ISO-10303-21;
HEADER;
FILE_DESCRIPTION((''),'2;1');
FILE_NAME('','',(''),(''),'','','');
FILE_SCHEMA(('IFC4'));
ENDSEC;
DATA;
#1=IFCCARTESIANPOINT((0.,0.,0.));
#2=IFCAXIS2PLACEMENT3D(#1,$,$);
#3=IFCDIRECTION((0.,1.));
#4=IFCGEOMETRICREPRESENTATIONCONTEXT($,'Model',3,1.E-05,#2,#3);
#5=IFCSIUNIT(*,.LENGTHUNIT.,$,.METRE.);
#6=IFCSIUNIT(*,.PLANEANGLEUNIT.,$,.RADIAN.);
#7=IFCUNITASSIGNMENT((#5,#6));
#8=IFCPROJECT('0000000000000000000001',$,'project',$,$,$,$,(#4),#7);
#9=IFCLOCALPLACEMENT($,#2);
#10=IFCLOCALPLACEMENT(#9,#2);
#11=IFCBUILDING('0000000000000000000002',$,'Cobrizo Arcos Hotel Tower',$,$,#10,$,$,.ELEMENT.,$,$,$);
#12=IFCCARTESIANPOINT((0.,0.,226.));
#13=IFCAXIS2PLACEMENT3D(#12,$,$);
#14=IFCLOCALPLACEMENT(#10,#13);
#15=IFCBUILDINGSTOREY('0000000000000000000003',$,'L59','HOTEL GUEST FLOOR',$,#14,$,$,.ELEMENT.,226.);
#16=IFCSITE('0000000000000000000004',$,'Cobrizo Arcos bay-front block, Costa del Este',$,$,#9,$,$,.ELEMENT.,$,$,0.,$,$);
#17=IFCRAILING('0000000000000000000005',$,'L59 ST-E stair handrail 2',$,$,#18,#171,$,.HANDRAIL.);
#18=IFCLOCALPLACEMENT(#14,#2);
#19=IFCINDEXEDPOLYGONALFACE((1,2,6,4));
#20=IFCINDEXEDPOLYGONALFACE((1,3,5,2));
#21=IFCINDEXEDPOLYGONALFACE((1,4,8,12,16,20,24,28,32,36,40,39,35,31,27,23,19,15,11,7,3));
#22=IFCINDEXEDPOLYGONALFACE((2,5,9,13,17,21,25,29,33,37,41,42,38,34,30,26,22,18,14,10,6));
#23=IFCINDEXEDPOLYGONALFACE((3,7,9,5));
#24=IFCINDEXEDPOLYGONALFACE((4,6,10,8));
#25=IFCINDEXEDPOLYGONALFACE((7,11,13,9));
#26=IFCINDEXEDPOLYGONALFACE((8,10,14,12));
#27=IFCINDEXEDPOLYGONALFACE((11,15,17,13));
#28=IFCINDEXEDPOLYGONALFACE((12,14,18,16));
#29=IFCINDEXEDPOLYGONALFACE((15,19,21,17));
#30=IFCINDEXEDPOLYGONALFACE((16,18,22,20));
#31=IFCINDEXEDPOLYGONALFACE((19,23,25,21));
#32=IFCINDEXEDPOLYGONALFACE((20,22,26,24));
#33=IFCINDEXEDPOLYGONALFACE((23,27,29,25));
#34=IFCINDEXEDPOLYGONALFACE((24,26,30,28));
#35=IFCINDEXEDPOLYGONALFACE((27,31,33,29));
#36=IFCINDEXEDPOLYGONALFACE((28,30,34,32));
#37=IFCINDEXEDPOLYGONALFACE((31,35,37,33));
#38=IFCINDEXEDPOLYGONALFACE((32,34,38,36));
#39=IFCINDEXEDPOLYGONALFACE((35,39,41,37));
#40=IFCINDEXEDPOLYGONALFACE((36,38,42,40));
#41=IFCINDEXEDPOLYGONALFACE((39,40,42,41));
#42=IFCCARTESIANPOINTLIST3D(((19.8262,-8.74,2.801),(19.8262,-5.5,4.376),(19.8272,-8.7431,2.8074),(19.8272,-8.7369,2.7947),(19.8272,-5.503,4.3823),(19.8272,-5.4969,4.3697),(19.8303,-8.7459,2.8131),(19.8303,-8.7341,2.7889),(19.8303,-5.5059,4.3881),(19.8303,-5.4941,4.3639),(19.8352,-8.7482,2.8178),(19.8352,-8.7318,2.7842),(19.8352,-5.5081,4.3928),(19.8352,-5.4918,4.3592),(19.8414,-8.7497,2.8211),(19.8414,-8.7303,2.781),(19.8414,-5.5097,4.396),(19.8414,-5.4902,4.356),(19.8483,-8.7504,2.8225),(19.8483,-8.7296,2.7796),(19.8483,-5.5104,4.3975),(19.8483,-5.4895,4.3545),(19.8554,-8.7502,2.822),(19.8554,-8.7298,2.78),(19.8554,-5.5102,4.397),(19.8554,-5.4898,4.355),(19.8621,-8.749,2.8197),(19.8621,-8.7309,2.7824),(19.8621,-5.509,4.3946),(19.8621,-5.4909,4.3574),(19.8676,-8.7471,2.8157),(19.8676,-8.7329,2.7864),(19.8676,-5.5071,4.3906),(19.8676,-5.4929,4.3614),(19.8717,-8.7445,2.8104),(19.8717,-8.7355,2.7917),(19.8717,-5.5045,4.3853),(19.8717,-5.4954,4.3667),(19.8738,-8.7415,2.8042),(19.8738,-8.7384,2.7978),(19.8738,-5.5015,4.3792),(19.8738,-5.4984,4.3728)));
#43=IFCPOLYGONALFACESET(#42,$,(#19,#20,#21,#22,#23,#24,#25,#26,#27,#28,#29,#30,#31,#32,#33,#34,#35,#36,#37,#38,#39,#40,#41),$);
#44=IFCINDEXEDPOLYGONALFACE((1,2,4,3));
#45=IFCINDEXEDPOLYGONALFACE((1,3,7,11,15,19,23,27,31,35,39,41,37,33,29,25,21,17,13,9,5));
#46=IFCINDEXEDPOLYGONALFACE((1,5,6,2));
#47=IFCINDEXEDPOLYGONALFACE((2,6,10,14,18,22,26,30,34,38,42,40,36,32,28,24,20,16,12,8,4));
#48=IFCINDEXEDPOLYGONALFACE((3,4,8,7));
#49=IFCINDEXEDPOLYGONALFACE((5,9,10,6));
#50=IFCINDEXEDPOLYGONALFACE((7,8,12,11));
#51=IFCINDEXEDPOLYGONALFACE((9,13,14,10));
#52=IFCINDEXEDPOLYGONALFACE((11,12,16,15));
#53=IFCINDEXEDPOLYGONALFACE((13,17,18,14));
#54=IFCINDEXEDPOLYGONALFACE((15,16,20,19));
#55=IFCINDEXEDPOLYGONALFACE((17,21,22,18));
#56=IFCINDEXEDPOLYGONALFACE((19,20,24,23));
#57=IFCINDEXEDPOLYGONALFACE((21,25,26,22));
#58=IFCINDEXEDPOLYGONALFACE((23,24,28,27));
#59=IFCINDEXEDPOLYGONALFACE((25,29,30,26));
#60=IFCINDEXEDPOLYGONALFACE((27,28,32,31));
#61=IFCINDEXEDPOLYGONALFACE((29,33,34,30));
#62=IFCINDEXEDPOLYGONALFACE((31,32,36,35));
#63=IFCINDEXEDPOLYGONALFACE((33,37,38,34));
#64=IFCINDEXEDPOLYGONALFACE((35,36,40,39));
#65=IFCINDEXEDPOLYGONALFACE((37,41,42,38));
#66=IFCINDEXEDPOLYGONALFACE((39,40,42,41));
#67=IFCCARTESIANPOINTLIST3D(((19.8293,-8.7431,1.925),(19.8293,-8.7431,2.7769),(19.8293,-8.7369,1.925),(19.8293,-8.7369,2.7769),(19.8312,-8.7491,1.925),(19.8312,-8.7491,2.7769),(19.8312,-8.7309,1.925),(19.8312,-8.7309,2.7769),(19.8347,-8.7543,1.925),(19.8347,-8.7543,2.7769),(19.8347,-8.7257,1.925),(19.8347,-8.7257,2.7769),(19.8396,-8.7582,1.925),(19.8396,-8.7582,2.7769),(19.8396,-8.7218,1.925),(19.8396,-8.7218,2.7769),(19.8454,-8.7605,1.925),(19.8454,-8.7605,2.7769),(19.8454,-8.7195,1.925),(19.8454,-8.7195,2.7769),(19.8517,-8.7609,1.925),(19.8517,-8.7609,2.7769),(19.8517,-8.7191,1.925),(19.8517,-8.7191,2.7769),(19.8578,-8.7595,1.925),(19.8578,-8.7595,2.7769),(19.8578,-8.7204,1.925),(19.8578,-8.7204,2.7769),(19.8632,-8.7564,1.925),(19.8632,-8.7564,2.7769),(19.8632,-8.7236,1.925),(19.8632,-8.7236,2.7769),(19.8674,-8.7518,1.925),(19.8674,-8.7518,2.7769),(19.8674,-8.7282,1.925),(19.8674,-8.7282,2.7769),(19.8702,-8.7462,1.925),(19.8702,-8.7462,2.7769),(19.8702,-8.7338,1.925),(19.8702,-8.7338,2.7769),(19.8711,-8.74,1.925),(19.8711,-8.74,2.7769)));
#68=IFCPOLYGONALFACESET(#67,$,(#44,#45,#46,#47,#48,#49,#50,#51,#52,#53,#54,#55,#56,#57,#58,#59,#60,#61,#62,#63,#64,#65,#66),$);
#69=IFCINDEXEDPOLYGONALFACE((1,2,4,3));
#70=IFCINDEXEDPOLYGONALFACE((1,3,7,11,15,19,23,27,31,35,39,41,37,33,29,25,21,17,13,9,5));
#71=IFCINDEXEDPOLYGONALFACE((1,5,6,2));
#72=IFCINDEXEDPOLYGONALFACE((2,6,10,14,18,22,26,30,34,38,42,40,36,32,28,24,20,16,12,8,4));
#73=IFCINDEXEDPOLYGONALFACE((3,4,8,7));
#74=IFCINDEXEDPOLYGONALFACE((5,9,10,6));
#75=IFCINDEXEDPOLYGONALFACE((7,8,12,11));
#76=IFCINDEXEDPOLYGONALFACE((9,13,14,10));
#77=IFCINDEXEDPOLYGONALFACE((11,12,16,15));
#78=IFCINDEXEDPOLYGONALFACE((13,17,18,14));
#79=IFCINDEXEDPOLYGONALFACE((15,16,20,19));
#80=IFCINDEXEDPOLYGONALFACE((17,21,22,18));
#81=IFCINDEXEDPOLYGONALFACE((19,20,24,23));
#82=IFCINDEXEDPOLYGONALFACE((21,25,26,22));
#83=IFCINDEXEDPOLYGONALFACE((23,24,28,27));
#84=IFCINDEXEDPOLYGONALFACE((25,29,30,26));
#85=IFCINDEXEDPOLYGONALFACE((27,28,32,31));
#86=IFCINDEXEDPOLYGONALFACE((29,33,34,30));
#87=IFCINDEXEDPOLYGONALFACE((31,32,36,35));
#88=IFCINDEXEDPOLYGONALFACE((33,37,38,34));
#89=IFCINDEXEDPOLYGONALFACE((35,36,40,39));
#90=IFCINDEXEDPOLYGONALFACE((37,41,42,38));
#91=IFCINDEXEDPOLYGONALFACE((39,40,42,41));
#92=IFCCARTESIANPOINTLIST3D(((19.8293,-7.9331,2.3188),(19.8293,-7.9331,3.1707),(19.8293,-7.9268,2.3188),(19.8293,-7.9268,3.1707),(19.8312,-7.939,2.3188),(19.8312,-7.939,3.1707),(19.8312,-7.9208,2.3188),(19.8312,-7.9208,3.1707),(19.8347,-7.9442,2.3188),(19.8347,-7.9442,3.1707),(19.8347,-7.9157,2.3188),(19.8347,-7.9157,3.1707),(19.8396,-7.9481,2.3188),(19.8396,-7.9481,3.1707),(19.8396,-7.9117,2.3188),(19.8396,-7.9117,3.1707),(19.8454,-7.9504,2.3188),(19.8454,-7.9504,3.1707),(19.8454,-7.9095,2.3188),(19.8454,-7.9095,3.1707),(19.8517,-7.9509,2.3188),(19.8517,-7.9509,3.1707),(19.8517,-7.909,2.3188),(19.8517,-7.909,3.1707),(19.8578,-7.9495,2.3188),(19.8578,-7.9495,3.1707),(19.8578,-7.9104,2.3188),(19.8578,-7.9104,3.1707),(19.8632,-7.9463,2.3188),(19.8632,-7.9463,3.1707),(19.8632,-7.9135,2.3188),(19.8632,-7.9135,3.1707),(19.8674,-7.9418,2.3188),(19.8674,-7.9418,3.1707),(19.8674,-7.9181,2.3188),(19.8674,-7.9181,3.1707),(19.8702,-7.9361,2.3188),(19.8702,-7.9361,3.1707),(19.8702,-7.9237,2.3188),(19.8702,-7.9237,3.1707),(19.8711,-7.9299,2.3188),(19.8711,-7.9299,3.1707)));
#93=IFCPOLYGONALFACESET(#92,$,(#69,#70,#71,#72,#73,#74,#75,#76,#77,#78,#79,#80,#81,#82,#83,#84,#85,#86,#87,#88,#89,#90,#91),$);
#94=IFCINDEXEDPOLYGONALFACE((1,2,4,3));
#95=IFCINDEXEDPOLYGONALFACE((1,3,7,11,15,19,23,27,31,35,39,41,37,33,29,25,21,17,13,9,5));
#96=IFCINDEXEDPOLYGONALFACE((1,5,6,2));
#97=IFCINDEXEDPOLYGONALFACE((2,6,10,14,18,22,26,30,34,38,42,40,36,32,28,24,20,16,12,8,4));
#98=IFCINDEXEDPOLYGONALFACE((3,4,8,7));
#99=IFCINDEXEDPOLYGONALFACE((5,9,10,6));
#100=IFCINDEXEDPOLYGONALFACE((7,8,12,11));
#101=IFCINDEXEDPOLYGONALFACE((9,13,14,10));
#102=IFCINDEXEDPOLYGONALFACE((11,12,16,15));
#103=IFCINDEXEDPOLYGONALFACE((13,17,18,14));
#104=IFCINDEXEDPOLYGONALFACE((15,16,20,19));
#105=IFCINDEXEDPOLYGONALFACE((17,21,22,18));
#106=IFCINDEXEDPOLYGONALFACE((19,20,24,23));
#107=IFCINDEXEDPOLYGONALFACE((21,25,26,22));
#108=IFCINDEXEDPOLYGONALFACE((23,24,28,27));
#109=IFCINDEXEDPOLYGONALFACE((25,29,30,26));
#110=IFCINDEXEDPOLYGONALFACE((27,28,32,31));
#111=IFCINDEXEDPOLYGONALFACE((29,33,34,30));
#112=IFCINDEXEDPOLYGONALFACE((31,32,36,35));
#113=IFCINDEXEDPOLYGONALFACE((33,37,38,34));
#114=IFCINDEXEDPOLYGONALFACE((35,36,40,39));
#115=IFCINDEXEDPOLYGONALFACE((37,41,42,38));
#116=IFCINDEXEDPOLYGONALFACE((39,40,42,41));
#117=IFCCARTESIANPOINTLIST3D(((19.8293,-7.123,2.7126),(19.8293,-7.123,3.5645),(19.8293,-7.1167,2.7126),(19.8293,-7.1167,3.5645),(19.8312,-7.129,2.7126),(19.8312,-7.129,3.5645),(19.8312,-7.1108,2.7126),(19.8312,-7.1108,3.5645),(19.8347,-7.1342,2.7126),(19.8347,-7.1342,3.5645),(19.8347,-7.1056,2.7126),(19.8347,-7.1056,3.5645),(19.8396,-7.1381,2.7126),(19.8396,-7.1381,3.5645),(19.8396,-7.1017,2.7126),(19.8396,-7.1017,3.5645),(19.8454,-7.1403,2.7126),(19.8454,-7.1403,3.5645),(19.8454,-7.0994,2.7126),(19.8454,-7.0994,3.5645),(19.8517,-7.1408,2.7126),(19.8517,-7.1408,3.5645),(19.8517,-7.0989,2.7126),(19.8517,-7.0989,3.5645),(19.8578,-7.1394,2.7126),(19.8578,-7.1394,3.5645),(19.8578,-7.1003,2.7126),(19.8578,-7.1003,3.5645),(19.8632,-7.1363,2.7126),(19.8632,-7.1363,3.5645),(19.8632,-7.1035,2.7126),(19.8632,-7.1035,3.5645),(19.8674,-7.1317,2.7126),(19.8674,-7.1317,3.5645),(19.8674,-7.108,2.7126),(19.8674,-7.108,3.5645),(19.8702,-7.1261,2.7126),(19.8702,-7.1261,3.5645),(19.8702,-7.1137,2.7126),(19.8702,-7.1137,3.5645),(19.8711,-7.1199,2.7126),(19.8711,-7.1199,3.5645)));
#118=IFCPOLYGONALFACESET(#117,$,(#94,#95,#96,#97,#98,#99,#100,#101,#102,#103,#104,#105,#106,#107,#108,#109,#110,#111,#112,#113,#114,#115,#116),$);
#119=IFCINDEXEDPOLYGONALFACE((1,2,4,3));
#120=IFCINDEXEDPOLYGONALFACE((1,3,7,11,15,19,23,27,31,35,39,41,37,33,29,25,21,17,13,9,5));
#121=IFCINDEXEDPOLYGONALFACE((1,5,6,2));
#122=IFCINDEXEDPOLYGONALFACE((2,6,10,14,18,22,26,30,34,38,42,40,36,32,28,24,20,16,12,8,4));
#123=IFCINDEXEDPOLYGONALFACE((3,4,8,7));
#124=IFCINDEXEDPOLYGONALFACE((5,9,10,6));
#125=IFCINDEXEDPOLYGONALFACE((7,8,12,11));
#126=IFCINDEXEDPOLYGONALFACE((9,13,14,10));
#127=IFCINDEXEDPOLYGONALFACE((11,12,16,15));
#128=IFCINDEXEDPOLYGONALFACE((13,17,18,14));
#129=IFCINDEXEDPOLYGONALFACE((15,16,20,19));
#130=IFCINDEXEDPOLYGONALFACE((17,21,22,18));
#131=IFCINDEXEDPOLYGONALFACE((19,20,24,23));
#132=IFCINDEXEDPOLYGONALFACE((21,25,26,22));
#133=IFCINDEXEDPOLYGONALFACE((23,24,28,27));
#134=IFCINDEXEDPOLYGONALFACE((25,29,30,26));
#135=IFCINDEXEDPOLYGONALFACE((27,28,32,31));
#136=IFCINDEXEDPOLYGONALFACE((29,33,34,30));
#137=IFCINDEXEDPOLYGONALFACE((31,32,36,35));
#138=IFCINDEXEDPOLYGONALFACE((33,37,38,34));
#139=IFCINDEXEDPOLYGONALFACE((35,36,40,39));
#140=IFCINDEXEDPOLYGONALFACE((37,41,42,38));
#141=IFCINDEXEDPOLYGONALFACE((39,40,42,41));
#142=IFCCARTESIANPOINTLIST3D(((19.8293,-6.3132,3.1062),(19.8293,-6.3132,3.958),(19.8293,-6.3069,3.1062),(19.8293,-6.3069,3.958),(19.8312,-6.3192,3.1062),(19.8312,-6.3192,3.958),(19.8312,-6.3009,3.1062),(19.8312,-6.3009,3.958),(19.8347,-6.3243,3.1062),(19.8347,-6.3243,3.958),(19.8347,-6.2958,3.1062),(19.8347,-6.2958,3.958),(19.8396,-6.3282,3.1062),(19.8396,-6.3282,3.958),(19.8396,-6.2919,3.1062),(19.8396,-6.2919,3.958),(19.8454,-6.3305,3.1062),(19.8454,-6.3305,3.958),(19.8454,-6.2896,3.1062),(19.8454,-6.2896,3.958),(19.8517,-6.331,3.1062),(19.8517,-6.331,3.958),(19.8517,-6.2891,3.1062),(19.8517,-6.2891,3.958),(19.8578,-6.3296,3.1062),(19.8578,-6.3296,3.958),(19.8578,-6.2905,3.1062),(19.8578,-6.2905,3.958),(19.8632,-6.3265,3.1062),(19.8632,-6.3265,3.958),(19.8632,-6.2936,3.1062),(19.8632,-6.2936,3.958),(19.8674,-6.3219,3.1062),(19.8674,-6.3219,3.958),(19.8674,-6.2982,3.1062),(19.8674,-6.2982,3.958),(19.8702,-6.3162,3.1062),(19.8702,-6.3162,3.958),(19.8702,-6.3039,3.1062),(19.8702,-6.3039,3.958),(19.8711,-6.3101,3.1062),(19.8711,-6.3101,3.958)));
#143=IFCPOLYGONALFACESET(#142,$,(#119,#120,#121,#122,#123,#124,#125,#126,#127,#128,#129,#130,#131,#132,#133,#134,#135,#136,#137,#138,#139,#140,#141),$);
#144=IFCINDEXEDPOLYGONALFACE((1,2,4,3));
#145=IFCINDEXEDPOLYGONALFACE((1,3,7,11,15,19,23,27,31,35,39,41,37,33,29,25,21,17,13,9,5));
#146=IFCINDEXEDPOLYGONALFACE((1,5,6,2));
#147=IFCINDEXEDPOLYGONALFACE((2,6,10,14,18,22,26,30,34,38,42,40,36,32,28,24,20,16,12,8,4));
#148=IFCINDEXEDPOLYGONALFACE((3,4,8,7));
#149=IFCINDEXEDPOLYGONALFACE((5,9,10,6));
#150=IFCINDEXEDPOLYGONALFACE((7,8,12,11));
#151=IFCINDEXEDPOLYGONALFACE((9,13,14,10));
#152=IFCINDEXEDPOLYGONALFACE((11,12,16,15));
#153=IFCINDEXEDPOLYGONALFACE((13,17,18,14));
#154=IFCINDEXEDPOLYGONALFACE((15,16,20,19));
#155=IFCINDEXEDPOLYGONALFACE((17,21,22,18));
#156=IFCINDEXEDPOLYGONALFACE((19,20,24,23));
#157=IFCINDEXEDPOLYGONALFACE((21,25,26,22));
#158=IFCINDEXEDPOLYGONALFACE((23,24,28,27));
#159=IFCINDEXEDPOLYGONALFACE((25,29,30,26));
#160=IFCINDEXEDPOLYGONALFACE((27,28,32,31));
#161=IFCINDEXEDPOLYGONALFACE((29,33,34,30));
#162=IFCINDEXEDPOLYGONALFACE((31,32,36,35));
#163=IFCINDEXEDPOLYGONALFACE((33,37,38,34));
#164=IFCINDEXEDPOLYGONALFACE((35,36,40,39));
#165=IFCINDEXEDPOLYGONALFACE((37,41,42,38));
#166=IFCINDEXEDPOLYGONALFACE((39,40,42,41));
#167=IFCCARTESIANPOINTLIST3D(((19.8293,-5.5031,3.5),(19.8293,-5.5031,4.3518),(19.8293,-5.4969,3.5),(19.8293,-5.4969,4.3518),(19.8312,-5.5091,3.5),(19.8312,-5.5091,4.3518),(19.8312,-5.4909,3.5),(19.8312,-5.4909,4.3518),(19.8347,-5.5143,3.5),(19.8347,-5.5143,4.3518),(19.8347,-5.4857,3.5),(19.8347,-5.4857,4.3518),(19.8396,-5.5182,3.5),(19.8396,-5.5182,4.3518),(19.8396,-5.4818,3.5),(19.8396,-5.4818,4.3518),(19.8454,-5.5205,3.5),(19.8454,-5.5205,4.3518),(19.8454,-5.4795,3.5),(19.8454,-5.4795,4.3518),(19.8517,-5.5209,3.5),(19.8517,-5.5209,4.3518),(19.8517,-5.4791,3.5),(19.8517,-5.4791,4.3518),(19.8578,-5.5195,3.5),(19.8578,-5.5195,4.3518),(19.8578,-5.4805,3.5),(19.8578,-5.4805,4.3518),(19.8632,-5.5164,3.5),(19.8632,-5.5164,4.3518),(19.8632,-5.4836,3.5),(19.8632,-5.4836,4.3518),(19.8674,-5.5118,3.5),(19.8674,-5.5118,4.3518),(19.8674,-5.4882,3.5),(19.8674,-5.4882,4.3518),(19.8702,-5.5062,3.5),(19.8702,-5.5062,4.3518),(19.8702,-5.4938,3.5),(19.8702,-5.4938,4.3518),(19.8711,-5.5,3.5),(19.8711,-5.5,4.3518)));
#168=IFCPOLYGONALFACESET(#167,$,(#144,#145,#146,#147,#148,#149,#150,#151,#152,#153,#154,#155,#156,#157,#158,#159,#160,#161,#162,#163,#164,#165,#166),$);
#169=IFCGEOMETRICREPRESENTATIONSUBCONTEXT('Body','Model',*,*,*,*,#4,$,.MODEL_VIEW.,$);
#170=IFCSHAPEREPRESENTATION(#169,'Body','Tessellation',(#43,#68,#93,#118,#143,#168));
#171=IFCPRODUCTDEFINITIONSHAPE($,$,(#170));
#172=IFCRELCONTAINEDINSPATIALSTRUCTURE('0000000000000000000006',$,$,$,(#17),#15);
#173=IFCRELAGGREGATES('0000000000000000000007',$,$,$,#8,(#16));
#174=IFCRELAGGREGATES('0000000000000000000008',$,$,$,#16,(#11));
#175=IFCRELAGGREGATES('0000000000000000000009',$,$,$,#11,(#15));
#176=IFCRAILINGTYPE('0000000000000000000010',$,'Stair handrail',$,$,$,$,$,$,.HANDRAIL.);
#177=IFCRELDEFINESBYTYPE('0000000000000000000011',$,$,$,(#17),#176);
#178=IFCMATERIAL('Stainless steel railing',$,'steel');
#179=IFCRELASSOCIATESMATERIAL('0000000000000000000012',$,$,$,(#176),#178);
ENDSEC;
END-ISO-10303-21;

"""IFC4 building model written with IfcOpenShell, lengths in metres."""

from ifc_helpers import new_model, si_unit, direction, frame, origin, origin_2d, place, context, subcontext, project, spatial, circle, extrude, material, type_object, element, save


model = new_model("IFC4")

# Units and contexts
model_context = context("Model", 3, precision=1e-05, world=origin(), true_north=direction((0.0, 1.0)))
body_context = subcontext(model_context, "Body", "Model", "MODEL_VIEW")
ifc_project = project(units=[si_unit("LENGTHUNIT", "METRE"), si_unit("PLANEANGLEUNIT", "RADIAN")], contexts=[model_context])

# Site, building, storey
site_placement = place(None, origin())
site = spatial("IfcSite", under=ifc_project, at=site_placement, Name="Cobrizo Arcos bay-front block, Costa del Este", CompositionType="ELEMENT", RefElevation=0.0)
building_placement = place(site_placement, origin())
building = spatial("IfcBuilding", under=site, at=building_placement, Name="Cobrizo Arcos Hotel Tower", CompositionType="ELEMENT")
storey_placement = place(building_placement, frame((0.0, 0.0, 226.0)))
storey = spatial("IfcBuildingStorey", under=building, at=storey_placement, Name="L59", Description="HOTEL GUEST FLOOR", CompositionType="ELEMENT", Elevation=226.0)

# Railing
ifc_material_1 = material(Name="Stainless steel railing", Category="steel")
railing_type_1 = type_object("IfcRailingType", Name="Stair handrail", PredefinedType="HANDRAIL", material=ifc_material_1)
railing_1_placement = place(storey_placement, frame((19.8501, -8.74, 1.925)))
element("IfcRailing", 1, at=railing_1_placement, inside=storey, type_object=railing_type_1, Name="L59 ST-E stair handrail 2", PredefinedType="HANDRAIL", context=body_context, shape_type="SweptSolid", body=[
    extrude(circle(Radius=0.0239, at=origin_2d()), frame((0.0, 0.0, 0.876), z_axis=(0.0, 0.899373, 0.437183), x_axis=(-1.0, 0.0, 0.0)), (0.0, 0.0, 1.0), 3.6025),
    extrude(circle(Radius=0.021, at=origin_2d()), origin(), (0.0, 0.0, 1.0), 0.8518),
    extrude(circle(Radius=0.021, at=origin_2d()), frame((0.0, 0.8101, 0.3938)), (0.0, 0.0, 1.0), 0.8518),
    extrude(circle(Radius=0.021, at=origin_2d()), frame((0.0, 1.6201, 0.7876)), (0.0, 0.0, 1.0), 0.8518),
    extrude(circle(Radius=0.021, at=origin_2d()), frame((0.0, 2.4299, 1.1812)), (0.0, 0.0, 1.0), 0.8518),
    extrude(circle(Radius=0.021, at=origin_2d()), frame((0.0, 3.24, 1.575)), (0.0, 0.0, 1.0), 0.8518),
])

save(model, "model.ifc")
